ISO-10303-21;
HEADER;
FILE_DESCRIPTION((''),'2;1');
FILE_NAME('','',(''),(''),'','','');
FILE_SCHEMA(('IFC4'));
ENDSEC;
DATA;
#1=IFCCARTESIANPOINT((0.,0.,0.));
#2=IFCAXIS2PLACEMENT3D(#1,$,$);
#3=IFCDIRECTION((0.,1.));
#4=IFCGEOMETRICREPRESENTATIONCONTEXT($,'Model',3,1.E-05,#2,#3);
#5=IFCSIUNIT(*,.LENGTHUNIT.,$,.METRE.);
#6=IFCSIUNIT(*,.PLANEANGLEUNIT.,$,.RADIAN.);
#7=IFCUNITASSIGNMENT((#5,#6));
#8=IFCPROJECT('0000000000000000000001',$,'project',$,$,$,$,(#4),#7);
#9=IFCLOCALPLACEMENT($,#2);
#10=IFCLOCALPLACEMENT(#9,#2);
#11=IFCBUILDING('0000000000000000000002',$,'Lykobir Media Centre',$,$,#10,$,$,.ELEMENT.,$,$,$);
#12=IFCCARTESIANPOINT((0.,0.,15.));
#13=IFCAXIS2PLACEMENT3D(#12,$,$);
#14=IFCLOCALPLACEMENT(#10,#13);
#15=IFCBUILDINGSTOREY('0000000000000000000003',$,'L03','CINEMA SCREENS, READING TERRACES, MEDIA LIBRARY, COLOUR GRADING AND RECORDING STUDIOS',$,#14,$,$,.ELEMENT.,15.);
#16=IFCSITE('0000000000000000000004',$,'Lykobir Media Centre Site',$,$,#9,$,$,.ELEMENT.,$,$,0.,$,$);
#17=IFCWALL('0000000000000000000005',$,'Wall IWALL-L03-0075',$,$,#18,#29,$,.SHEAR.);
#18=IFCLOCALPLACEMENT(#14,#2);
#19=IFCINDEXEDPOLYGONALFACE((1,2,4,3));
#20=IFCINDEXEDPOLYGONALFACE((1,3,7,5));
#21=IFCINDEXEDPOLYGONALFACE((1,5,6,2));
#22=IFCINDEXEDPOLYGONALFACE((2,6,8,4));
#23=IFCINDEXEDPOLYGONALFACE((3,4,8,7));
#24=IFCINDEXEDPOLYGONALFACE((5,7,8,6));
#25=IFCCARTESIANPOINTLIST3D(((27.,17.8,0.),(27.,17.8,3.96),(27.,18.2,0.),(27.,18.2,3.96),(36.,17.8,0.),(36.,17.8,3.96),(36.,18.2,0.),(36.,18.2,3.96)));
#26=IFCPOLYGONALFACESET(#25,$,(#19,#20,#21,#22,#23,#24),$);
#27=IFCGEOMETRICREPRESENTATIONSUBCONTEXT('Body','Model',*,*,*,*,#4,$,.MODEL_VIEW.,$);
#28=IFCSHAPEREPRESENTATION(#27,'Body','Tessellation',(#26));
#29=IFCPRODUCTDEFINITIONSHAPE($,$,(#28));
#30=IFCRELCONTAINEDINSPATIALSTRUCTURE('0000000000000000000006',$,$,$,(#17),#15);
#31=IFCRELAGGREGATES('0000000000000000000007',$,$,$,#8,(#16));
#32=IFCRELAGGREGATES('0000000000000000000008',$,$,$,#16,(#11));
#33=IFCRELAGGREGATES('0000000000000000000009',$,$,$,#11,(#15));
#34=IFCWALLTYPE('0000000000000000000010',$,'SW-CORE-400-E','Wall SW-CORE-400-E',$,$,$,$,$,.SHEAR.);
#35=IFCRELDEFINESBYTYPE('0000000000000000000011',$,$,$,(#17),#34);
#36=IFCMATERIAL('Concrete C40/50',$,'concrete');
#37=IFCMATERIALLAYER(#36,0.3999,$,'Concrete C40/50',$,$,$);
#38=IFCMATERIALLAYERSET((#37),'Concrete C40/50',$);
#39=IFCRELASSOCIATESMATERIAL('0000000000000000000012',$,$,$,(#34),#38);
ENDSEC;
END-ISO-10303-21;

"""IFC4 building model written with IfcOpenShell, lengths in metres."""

from ifc_helpers import new_model, si_unit, direction, frame, frame_2d, origin, place, context, subcontext, project, spatial, rectangle, extrude, material, layer, layer_set, type_object, element, save


model = new_model("IFC4")

# Units and contexts
model_context = context("Model", 3, precision=1e-05, world=origin(), true_north=direction((0.0, 1.0)))
body_context = subcontext(model_context, "Body", "Model", "MODEL_VIEW")
ifc_project = project(units=[si_unit("LENGTHUNIT", "METRE"), si_unit("PLANEANGLEUNIT", "RADIAN")], contexts=[model_context])

# Site, building, storey
site_placement = place(None, origin())
site = spatial("IfcSite", under=ifc_project, at=site_placement, Name="Lykobir Media Centre Site", CompositionType="ELEMENT", RefElevation=0.0)
building_placement = place(site_placement, origin())
building = spatial("IfcBuilding", under=site, at=building_placement, Name="Lykobir Media Centre", CompositionType="ELEMENT")
storey_placement = place(building_placement, frame((0.0, 0.0, 15.0)))
storey = spatial("IfcBuildingStorey", under=building, at=storey_placement, Name="L03", Description="CINEMA SCREENS, READING TERRACES, MEDIA LIBRARY, COLOUR GRADING AND RECORDING STUDIOS", CompositionType="ELEMENT", Elevation=15.0)

# Wall
ifc_material_1 = material(Name="Concrete C40/50", Category="concrete")
ifc_layer_1 = layer(ifc_material_1, 0.3999, Name="Concrete C40/50")
ifc_layer_set_1 = layer_set([ifc_layer_1], Name="Concrete C40/50")
wall_type_1 = type_object("IfcWallType", Name="SW-CORE-400-E", Description="Wall SW-CORE-400-E", PredefinedType="SHEAR", material=ifc_layer_set_1)
wall_1_placement = place(storey_placement, frame((36.0, 18.0, 0.0), z_axis=(0.0, 0.0, 1.0), x_axis=(-1.0, 0.0, 0.0)))
element("IfcWall", 1, at=wall_1_placement, inside=storey, type_object=wall_type_1, Name="Wall IWALL-L03-0075", PredefinedType="SHEAR", context=body_context, shape_type="SweptSolid", body=[
    extrude(rectangle(XDim=9.0, YDim=0.3999, at=frame_2d((4.5, 0.0))), origin(), (0.0, 0.0, 1.0), 3.96),
])

save(model, "model.ifc")
